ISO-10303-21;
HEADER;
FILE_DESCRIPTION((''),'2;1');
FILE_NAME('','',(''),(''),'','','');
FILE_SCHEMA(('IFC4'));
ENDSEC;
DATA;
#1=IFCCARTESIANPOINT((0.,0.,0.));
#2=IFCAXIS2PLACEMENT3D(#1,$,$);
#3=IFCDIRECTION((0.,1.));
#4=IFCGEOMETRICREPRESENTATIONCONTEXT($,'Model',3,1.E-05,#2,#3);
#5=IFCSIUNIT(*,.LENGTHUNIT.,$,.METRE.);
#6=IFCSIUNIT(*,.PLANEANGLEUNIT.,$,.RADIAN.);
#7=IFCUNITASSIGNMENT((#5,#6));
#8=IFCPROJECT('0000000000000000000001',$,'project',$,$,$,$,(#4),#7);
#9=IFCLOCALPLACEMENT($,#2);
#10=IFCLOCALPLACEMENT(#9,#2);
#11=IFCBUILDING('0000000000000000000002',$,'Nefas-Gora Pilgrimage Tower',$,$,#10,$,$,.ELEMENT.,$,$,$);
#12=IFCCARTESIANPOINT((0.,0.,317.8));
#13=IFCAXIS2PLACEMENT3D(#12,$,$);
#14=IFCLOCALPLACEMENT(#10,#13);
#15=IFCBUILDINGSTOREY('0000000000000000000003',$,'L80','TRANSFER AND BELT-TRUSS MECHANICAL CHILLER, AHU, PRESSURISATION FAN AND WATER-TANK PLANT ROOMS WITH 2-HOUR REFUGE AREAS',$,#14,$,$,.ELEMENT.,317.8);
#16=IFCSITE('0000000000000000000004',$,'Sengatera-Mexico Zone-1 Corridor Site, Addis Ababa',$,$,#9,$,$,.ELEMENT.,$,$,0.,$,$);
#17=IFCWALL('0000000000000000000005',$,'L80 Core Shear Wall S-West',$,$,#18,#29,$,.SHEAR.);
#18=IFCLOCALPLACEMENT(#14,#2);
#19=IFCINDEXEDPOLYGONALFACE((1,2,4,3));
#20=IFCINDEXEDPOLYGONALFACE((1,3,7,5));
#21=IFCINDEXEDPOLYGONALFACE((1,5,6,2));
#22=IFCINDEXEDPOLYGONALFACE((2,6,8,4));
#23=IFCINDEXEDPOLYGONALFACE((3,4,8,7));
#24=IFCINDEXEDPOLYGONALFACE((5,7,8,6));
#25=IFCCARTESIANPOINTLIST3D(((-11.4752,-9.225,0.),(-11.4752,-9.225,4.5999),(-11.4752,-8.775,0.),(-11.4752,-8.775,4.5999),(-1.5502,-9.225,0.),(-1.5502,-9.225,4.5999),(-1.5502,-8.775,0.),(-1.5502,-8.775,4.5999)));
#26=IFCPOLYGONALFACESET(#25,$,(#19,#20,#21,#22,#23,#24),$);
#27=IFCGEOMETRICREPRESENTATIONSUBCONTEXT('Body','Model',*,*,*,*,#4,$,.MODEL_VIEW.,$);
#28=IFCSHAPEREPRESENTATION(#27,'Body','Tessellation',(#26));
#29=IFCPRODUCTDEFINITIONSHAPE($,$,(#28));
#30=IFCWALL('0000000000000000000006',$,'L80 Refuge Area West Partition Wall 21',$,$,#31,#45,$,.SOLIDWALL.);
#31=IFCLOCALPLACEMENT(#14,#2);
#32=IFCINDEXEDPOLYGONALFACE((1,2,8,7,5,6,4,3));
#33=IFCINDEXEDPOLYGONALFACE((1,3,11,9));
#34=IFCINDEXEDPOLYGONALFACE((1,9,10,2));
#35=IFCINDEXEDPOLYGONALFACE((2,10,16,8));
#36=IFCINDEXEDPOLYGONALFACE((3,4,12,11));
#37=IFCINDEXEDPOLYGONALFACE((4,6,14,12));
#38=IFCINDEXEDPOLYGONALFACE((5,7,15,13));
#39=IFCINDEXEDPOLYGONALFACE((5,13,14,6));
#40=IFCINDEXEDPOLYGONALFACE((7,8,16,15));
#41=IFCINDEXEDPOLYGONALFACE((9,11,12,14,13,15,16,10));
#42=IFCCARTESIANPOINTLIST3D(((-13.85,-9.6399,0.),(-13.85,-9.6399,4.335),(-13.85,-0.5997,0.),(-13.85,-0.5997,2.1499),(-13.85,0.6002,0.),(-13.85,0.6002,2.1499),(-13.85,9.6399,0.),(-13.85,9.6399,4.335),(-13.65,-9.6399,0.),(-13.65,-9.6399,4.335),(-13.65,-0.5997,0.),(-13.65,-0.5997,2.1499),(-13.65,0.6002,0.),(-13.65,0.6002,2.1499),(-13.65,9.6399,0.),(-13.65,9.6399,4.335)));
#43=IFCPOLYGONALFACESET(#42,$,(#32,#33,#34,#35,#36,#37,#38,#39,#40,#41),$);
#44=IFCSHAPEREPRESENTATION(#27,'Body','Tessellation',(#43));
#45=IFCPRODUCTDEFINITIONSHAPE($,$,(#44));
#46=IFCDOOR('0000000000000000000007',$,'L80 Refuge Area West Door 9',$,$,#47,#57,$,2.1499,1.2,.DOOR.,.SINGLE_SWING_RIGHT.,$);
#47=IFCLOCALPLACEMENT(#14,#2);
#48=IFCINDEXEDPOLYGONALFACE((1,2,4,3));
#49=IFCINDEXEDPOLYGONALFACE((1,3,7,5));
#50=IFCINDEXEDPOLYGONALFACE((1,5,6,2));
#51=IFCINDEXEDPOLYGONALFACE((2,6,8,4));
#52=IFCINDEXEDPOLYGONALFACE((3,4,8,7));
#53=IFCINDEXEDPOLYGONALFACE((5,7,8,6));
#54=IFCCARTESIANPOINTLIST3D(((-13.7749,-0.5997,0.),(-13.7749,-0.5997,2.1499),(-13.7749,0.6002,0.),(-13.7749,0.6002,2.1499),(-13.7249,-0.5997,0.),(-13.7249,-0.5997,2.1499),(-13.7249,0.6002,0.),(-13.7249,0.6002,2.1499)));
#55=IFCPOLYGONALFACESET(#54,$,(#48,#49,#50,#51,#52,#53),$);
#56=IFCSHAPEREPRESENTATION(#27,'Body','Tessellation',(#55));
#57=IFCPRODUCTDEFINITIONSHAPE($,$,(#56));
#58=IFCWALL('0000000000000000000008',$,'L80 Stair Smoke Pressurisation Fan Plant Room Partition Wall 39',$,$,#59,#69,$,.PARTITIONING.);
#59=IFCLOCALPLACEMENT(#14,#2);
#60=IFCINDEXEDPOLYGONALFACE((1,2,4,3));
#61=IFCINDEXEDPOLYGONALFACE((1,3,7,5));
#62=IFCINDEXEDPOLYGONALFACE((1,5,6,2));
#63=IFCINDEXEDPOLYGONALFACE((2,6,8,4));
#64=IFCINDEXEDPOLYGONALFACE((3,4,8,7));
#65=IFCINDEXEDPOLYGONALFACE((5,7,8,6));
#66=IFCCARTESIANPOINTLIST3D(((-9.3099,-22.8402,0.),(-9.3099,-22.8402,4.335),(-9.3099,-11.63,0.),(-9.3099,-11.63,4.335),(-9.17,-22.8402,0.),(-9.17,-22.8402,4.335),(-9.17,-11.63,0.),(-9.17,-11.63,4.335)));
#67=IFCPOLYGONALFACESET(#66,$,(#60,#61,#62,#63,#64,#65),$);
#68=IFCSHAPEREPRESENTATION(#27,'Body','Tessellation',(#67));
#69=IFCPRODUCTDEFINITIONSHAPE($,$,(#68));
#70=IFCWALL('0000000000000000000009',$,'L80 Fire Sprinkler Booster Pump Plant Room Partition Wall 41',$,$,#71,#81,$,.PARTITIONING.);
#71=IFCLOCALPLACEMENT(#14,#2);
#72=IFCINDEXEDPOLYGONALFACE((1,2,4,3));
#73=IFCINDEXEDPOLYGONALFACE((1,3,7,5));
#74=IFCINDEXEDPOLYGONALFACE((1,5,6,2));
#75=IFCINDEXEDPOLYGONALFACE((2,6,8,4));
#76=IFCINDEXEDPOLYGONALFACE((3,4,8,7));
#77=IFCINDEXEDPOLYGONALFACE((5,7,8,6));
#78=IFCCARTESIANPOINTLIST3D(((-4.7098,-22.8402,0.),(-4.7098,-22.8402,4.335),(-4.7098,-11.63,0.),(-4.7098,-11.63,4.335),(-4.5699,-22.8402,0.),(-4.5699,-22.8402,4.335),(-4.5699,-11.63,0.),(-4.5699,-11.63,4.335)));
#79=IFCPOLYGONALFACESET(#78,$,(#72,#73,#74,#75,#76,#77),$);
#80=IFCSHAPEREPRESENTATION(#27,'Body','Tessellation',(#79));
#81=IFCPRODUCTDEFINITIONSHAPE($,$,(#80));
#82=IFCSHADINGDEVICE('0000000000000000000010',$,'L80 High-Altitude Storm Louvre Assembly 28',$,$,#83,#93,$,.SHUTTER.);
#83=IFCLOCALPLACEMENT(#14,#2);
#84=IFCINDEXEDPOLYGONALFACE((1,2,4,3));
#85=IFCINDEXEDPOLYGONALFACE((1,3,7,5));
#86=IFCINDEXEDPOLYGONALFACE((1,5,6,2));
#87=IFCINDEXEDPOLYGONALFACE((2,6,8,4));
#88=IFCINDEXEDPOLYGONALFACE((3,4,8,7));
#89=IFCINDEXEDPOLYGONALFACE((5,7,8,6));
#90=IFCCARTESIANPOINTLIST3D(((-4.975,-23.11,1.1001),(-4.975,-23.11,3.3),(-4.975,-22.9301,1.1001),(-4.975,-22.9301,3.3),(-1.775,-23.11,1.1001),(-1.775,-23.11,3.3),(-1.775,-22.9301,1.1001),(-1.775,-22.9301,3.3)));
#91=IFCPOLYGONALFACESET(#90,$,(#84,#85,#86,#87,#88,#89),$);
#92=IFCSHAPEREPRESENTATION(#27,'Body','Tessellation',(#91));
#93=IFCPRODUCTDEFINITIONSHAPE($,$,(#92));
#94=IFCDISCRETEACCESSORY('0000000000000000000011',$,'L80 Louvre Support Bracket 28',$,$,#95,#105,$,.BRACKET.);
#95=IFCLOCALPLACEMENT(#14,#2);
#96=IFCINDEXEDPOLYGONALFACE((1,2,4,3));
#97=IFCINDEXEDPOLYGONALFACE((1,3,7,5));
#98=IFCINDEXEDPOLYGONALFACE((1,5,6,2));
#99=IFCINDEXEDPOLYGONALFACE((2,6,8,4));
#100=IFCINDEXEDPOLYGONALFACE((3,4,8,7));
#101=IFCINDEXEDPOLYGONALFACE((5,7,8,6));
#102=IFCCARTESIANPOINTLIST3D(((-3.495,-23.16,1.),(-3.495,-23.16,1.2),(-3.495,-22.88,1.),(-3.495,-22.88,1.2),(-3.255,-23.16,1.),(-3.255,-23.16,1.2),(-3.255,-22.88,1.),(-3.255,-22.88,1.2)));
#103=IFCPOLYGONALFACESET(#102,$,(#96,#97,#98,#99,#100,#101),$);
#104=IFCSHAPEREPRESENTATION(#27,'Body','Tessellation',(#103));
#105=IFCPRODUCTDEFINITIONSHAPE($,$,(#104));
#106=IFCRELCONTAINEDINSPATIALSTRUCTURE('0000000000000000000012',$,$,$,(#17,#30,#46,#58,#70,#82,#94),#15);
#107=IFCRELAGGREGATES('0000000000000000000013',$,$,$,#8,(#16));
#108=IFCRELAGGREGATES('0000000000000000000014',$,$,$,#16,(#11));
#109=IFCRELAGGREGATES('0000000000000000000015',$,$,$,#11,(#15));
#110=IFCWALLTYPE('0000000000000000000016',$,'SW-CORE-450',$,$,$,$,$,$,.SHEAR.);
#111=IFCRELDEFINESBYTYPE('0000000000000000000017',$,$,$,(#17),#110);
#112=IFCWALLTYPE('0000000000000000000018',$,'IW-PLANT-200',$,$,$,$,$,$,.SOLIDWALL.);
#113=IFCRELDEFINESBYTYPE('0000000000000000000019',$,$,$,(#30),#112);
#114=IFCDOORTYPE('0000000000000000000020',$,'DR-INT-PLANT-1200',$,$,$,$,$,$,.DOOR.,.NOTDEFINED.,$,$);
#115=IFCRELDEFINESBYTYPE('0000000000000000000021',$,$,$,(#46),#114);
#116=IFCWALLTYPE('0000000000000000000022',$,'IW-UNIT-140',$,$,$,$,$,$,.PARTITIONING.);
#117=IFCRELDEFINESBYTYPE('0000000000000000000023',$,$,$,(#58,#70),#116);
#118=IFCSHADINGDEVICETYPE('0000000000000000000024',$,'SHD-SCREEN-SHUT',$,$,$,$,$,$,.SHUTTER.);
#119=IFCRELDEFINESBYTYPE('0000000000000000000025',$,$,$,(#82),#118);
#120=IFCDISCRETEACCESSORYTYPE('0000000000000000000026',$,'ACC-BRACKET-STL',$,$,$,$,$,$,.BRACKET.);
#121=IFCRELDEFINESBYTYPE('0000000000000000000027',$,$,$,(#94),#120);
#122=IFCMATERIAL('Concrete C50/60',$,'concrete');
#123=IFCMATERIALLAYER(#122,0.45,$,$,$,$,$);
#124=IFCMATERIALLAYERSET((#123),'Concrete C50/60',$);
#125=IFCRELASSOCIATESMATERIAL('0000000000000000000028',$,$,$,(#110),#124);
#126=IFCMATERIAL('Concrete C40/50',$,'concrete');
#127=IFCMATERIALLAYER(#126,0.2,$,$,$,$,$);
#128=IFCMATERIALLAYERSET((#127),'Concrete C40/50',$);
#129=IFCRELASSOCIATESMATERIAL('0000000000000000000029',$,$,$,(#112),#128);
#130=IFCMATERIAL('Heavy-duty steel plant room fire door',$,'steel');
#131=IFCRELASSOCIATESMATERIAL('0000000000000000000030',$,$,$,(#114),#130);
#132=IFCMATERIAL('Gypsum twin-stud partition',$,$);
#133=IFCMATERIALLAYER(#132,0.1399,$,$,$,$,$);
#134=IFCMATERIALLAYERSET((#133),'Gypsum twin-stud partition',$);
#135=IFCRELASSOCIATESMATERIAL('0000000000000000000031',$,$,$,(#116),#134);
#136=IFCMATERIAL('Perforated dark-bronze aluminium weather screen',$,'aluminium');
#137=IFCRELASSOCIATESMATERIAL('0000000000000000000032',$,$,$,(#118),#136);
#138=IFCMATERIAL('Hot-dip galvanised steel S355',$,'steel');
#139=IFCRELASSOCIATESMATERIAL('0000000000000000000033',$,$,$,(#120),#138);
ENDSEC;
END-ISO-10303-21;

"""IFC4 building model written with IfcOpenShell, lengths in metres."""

from ifc_helpers import new_model, si_unit, direction, frame, frame_2d, origin, origin_2d, place, context, subcontext, project, spatial, rectangle, extrude, source, transform, mapped, material, layer, layer_set, type_object, element, fill, save


model = new_model("IFC4")

# Units and contexts
model_context = context("Model", 3, precision=1e-05, world=origin(), true_north=direction((0.0, 1.0)))
body_context = subcontext(model_context, "Body", "Model", "MODEL_VIEW")
ifc_project = project(units=[si_unit("LENGTHUNIT", "METRE"), si_unit("PLANEANGLEUNIT", "RADIAN")], contexts=[model_context])

# Site, building, storey
site_placement = place(None, origin())
site = spatial("IfcSite", under=ifc_project, at=site_placement, Name="Sengatera-Mexico Zone-1 Corridor Site, Addis Ababa", CompositionType="ELEMENT", RefElevation=0.0)
building_placement = place(site_placement, origin())
building = spatial("IfcBuilding", under=site, at=building_placement, Name="Nefas-Gora Pilgrimage Tower", CompositionType="ELEMENT")
storey_placement = place(building_placement, frame((0.0, 0.0, 317.8)))
storey = spatial("IfcBuildingStorey", under=building, at=storey_placement, Name="L80", Description="TRANSFER AND BELT-TRUSS MECHANICAL CHILLER, AHU, PRESSURISATION FAN AND WATER-TANK PLANT ROOMS WITH 2-HOUR REFUGE AREAS", CompositionType="ELEMENT", Elevation=317.8)

# Wall
ifc_material_1 = material(Name="Concrete C50/60", Category="concrete")
ifc_layer_1 = layer(ifc_material_1, 0.45)
ifc_layer_set_1 = layer_set([ifc_layer_1], Name="Concrete C50/60")
wall_type_1 = type_object("IfcWallType", Name="SW-CORE-450", PredefinedType="SHEAR", material=ifc_layer_set_1)
shared_shape_1 = source(origin(), body_context, "Body", "SweptSolid", [
    extrude(rectangle(XDim=9.925, YDim=0.45, at=frame_2d((4.9624, 0.0))), origin(), (0.0, 0.0, 1.0), 4.5999),
])
wall_1_placement = place(storey_placement, frame((-11.4751, -9.0, 0.0), z_axis=(0.0, 0.0, 1.0), x_axis=(1.0, 0.0, 0.0)))
element("IfcWall", 1, at=wall_1_placement, inside=storey, type_object=wall_type_1, Name="L80 Core Shear Wall S-West", PredefinedType="SHEAR", context=body_context, shape_type="MappedRepresentation", body=[
    mapped(shared_shape_1, transform((0.0, 0.0, 0.0), x_axis=(1.0, 0.0, 0.0), y_axis=(0.0, 1.0, 0.0), z_axis=(0.0, 0.0, 1.0), scale=1.0)),
])

# Wall, opening, door
ifc_material_2 = material(Name="Concrete C40/50", Category="concrete")
ifc_layer_2 = layer(ifc_material_2, 0.2)
ifc_layer_set_2 = layer_set([ifc_layer_2], Name="Concrete C40/50")
wall_type_2 = type_object("IfcWallType", Name="IW-PLANT-200", PredefinedType="SOLIDWALL", material=ifc_layer_set_2)
shared_shape_2 = source(origin(), body_context, "Body", "SweptSolid", [
    extrude(rectangle(XDim=19.2798, YDim=0.2, at=frame_2d((9.6399, 0.0))), origin(), (0.0, 0.0, 1.0), 4.335),
])
wall_2_placement = place(storey_placement, frame((-13.75, -9.6399, 0.0), z_axis=(0.0, 0.0, 1.0), x_axis=(0.0, 1.0, 0.0)))
wall_2 = element("IfcWall", 2, at=wall_2_placement, inside=storey, type_object=wall_type_2, Name="L80 Refuge Area West Partition Wall 21", PredefinedType="SOLIDWALL", context=body_context, shape_type="MappedRepresentation", body=[
    mapped(shared_shape_2, transform((0.0, 0.0, 0.0), x_axis=(1.0, 0.0, 0.0), y_axis=(0.0, 1.0, 0.0), z_axis=(0.0, 0.0, 1.0), scale=1.0)),
])
opening_1_placement = place(wall_2_placement, frame((9.04, 0.0, 0.0)))
opening_1 = element("IfcOpeningElement", 3, at=opening_1_placement, cuts=wall_2, PredefinedType="OPENING", context=body_context, shape_type="SweptSolid", body=[
    extrude(rectangle(XDim=1.2, YDim=2.1499, at=frame_2d((0.6001, 1.075))), frame((0.0, 0.1099, 0.0), z_axis=(0.0, -1.0, 0.0), x_axis=(1.0, 0.0, 0.0)), (0.0, 0.0, 1.0), 0.22),
])
ifc_material_3 = material(Name="Heavy-duty steel plant room fire door", Category="steel")
door_type = type_object("IfcDoorType", Name="DR-INT-PLANT-1200", OperationType="NOTDEFINED", PredefinedType="DOOR", material=ifc_material_3)
shared_shape_3 = source(origin(), body_context, "Body", "SweptSolid", [
    extrude(rectangle(XDim=1.2, YDim=2.1499, at=frame_2d((0.6001, 1.075))), frame((0.0, 0.0249, 0.0), z_axis=(0.0, -1.0, 0.0), x_axis=(1.0, 0.0, 0.0)), (0.0, 0.0, 1.0), 0.05),
])
door_1_placement = place(opening_1_placement, origin())
door_1 = element("IfcDoor", 4, at=door_1_placement, inside=storey, type_object=door_type, Name="L80 Refuge Area West Door 9", OperationType="SINGLE_SWING_RIGHT", OverallHeight=2.1499, OverallWidth=1.2, PredefinedType="DOOR", context=body_context, shape_type="MappedRepresentation", body=[
    mapped(shared_shape_3, transform((0.0, 0.0, 0.0), x_axis=(1.0, 0.0, 0.0), y_axis=(0.0, 1.0, 0.0), z_axis=(0.0, 0.0, 1.0), scale=1.0)),
])
fill(opening_1, door_1)

# Walls
ifc_material_4 = material(Name="Gypsum twin-stud partition")
ifc_layer_3 = layer(ifc_material_4, 0.1399)
ifc_layer_set_3 = layer_set([ifc_layer_3], Name="Gypsum twin-stud partition")
wall_type_3 = type_object("IfcWallType", Name="IW-UNIT-140", PredefinedType="PARTITIONING", material=ifc_layer_set_3)
shared_shape_4 = source(origin(), body_context, "Body", "SweptSolid", [
    extrude(rectangle(XDim=11.2102, YDim=0.1399, at=frame_2d((5.605, 0.0))), origin(), (0.0, 0.0, 1.0), 4.335),
])
for number, where, z_axis, x_axis, name in (
    (5, (-9.24, -22.8401, 0.0), (0.0, 0.0, 1.0), (0.0, 1.0, 0.0), "L80 Stair Smoke Pressurisation Fan Plant Room Partition Wall 39"),
    (6, (-4.6399, -22.8401, 0.0), (0.0, 0.0, 1.0), (0.0, 1.0, 0.0), "L80 Fire Sprinkler Booster Pump Plant Room Partition Wall 41"),
):
    element("IfcWall", number, at=place(storey_placement, frame(where, z_axis=z_axis, x_axis=x_axis)), inside=storey, type_object=wall_type_3, Name=name, PredefinedType="PARTITIONING", context=body_context, shape_type="MappedRepresentation", body=[
        mapped(shared_shape_4, transform((0.0, 0.0, 0.0), x_axis=(1.0, 0.0, 0.0), y_axis=(0.0, 1.0, 0.0), z_axis=(0.0, 0.0, 1.0), scale=1.0)),
    ])

# Shading device
ifc_material_5 = material(Name="Perforated dark-bronze aluminium weather screen", Category="aluminium")
shading_device_type = type_object("IfcShadingDeviceType", Name="SHD-SCREEN-SHUT", PredefinedType="SHUTTER", material=ifc_material_5)
shared_shape_5 = source(origin(), body_context, "Body", "SweptSolid", [
    extrude(rectangle(XDim=3.2, YDim=0.1799, at=origin_2d()), origin(), (0.0, 0.0, 1.0), 2.2),
])
shading_device_placement = place(storey_placement, frame((-3.375, -23.02, 1.1001), z_axis=(0.0, 0.0, 1.0), x_axis=(1.0, 0.0, 0.0)))
element("IfcShadingDevice", 7, at=shading_device_placement, inside=storey, type_object=shading_device_type, Name="L80 High-Altitude Storm Louvre Assembly 28", PredefinedType="SHUTTER", context=body_context, shape_type="MappedRepresentation", body=[
    mapped(shared_shape_5, transform((0.0, 0.0, 0.0), x_axis=(1.0, 0.0, 0.0), y_axis=(0.0, 1.0, 0.0), z_axis=(0.0, 0.0, 1.0), scale=1.0)),
])

# Discrete accessory
ifc_material_6 = material(Name="Hot-dip galvanised steel S355", Category="steel")
discrete_accessory_type = type_object("IfcDiscreteAccessoryType", Name="ACC-BRACKET-STL", PredefinedType="BRACKET", material=ifc_material_6)
shared_shape_6 = source(origin(), body_context, "Body", "SweptSolid", [
    extrude(rectangle(XDim=0.24, YDim=0.28, at=origin_2d()), origin(), (0.0, 0.0, 1.0), 0.2),
])
discrete_accessory_placement = place(storey_placement, frame((-3.375, -23.02, 1.0), z_axis=(0.0, 0.0, 1.0), x_axis=(1.0, 0.0, 0.0)))
element("IfcDiscreteAccessory", 8, at=discrete_accessory_placement, inside=storey, type_object=discrete_accessory_type, Name="L80 Louvre Support Bracket 28", PredefinedType="BRACKET", context=body_context, shape_type="MappedRepresentation", body=[
    mapped(shared_shape_6, transform((0.0, 0.0, 0.0), x_axis=(1.0, 0.0, 0.0), y_axis=(0.0, 1.0, 0.0), z_axis=(0.0, 0.0, 1.0), scale=1.0)),
])

save(model, "model.ifc")
